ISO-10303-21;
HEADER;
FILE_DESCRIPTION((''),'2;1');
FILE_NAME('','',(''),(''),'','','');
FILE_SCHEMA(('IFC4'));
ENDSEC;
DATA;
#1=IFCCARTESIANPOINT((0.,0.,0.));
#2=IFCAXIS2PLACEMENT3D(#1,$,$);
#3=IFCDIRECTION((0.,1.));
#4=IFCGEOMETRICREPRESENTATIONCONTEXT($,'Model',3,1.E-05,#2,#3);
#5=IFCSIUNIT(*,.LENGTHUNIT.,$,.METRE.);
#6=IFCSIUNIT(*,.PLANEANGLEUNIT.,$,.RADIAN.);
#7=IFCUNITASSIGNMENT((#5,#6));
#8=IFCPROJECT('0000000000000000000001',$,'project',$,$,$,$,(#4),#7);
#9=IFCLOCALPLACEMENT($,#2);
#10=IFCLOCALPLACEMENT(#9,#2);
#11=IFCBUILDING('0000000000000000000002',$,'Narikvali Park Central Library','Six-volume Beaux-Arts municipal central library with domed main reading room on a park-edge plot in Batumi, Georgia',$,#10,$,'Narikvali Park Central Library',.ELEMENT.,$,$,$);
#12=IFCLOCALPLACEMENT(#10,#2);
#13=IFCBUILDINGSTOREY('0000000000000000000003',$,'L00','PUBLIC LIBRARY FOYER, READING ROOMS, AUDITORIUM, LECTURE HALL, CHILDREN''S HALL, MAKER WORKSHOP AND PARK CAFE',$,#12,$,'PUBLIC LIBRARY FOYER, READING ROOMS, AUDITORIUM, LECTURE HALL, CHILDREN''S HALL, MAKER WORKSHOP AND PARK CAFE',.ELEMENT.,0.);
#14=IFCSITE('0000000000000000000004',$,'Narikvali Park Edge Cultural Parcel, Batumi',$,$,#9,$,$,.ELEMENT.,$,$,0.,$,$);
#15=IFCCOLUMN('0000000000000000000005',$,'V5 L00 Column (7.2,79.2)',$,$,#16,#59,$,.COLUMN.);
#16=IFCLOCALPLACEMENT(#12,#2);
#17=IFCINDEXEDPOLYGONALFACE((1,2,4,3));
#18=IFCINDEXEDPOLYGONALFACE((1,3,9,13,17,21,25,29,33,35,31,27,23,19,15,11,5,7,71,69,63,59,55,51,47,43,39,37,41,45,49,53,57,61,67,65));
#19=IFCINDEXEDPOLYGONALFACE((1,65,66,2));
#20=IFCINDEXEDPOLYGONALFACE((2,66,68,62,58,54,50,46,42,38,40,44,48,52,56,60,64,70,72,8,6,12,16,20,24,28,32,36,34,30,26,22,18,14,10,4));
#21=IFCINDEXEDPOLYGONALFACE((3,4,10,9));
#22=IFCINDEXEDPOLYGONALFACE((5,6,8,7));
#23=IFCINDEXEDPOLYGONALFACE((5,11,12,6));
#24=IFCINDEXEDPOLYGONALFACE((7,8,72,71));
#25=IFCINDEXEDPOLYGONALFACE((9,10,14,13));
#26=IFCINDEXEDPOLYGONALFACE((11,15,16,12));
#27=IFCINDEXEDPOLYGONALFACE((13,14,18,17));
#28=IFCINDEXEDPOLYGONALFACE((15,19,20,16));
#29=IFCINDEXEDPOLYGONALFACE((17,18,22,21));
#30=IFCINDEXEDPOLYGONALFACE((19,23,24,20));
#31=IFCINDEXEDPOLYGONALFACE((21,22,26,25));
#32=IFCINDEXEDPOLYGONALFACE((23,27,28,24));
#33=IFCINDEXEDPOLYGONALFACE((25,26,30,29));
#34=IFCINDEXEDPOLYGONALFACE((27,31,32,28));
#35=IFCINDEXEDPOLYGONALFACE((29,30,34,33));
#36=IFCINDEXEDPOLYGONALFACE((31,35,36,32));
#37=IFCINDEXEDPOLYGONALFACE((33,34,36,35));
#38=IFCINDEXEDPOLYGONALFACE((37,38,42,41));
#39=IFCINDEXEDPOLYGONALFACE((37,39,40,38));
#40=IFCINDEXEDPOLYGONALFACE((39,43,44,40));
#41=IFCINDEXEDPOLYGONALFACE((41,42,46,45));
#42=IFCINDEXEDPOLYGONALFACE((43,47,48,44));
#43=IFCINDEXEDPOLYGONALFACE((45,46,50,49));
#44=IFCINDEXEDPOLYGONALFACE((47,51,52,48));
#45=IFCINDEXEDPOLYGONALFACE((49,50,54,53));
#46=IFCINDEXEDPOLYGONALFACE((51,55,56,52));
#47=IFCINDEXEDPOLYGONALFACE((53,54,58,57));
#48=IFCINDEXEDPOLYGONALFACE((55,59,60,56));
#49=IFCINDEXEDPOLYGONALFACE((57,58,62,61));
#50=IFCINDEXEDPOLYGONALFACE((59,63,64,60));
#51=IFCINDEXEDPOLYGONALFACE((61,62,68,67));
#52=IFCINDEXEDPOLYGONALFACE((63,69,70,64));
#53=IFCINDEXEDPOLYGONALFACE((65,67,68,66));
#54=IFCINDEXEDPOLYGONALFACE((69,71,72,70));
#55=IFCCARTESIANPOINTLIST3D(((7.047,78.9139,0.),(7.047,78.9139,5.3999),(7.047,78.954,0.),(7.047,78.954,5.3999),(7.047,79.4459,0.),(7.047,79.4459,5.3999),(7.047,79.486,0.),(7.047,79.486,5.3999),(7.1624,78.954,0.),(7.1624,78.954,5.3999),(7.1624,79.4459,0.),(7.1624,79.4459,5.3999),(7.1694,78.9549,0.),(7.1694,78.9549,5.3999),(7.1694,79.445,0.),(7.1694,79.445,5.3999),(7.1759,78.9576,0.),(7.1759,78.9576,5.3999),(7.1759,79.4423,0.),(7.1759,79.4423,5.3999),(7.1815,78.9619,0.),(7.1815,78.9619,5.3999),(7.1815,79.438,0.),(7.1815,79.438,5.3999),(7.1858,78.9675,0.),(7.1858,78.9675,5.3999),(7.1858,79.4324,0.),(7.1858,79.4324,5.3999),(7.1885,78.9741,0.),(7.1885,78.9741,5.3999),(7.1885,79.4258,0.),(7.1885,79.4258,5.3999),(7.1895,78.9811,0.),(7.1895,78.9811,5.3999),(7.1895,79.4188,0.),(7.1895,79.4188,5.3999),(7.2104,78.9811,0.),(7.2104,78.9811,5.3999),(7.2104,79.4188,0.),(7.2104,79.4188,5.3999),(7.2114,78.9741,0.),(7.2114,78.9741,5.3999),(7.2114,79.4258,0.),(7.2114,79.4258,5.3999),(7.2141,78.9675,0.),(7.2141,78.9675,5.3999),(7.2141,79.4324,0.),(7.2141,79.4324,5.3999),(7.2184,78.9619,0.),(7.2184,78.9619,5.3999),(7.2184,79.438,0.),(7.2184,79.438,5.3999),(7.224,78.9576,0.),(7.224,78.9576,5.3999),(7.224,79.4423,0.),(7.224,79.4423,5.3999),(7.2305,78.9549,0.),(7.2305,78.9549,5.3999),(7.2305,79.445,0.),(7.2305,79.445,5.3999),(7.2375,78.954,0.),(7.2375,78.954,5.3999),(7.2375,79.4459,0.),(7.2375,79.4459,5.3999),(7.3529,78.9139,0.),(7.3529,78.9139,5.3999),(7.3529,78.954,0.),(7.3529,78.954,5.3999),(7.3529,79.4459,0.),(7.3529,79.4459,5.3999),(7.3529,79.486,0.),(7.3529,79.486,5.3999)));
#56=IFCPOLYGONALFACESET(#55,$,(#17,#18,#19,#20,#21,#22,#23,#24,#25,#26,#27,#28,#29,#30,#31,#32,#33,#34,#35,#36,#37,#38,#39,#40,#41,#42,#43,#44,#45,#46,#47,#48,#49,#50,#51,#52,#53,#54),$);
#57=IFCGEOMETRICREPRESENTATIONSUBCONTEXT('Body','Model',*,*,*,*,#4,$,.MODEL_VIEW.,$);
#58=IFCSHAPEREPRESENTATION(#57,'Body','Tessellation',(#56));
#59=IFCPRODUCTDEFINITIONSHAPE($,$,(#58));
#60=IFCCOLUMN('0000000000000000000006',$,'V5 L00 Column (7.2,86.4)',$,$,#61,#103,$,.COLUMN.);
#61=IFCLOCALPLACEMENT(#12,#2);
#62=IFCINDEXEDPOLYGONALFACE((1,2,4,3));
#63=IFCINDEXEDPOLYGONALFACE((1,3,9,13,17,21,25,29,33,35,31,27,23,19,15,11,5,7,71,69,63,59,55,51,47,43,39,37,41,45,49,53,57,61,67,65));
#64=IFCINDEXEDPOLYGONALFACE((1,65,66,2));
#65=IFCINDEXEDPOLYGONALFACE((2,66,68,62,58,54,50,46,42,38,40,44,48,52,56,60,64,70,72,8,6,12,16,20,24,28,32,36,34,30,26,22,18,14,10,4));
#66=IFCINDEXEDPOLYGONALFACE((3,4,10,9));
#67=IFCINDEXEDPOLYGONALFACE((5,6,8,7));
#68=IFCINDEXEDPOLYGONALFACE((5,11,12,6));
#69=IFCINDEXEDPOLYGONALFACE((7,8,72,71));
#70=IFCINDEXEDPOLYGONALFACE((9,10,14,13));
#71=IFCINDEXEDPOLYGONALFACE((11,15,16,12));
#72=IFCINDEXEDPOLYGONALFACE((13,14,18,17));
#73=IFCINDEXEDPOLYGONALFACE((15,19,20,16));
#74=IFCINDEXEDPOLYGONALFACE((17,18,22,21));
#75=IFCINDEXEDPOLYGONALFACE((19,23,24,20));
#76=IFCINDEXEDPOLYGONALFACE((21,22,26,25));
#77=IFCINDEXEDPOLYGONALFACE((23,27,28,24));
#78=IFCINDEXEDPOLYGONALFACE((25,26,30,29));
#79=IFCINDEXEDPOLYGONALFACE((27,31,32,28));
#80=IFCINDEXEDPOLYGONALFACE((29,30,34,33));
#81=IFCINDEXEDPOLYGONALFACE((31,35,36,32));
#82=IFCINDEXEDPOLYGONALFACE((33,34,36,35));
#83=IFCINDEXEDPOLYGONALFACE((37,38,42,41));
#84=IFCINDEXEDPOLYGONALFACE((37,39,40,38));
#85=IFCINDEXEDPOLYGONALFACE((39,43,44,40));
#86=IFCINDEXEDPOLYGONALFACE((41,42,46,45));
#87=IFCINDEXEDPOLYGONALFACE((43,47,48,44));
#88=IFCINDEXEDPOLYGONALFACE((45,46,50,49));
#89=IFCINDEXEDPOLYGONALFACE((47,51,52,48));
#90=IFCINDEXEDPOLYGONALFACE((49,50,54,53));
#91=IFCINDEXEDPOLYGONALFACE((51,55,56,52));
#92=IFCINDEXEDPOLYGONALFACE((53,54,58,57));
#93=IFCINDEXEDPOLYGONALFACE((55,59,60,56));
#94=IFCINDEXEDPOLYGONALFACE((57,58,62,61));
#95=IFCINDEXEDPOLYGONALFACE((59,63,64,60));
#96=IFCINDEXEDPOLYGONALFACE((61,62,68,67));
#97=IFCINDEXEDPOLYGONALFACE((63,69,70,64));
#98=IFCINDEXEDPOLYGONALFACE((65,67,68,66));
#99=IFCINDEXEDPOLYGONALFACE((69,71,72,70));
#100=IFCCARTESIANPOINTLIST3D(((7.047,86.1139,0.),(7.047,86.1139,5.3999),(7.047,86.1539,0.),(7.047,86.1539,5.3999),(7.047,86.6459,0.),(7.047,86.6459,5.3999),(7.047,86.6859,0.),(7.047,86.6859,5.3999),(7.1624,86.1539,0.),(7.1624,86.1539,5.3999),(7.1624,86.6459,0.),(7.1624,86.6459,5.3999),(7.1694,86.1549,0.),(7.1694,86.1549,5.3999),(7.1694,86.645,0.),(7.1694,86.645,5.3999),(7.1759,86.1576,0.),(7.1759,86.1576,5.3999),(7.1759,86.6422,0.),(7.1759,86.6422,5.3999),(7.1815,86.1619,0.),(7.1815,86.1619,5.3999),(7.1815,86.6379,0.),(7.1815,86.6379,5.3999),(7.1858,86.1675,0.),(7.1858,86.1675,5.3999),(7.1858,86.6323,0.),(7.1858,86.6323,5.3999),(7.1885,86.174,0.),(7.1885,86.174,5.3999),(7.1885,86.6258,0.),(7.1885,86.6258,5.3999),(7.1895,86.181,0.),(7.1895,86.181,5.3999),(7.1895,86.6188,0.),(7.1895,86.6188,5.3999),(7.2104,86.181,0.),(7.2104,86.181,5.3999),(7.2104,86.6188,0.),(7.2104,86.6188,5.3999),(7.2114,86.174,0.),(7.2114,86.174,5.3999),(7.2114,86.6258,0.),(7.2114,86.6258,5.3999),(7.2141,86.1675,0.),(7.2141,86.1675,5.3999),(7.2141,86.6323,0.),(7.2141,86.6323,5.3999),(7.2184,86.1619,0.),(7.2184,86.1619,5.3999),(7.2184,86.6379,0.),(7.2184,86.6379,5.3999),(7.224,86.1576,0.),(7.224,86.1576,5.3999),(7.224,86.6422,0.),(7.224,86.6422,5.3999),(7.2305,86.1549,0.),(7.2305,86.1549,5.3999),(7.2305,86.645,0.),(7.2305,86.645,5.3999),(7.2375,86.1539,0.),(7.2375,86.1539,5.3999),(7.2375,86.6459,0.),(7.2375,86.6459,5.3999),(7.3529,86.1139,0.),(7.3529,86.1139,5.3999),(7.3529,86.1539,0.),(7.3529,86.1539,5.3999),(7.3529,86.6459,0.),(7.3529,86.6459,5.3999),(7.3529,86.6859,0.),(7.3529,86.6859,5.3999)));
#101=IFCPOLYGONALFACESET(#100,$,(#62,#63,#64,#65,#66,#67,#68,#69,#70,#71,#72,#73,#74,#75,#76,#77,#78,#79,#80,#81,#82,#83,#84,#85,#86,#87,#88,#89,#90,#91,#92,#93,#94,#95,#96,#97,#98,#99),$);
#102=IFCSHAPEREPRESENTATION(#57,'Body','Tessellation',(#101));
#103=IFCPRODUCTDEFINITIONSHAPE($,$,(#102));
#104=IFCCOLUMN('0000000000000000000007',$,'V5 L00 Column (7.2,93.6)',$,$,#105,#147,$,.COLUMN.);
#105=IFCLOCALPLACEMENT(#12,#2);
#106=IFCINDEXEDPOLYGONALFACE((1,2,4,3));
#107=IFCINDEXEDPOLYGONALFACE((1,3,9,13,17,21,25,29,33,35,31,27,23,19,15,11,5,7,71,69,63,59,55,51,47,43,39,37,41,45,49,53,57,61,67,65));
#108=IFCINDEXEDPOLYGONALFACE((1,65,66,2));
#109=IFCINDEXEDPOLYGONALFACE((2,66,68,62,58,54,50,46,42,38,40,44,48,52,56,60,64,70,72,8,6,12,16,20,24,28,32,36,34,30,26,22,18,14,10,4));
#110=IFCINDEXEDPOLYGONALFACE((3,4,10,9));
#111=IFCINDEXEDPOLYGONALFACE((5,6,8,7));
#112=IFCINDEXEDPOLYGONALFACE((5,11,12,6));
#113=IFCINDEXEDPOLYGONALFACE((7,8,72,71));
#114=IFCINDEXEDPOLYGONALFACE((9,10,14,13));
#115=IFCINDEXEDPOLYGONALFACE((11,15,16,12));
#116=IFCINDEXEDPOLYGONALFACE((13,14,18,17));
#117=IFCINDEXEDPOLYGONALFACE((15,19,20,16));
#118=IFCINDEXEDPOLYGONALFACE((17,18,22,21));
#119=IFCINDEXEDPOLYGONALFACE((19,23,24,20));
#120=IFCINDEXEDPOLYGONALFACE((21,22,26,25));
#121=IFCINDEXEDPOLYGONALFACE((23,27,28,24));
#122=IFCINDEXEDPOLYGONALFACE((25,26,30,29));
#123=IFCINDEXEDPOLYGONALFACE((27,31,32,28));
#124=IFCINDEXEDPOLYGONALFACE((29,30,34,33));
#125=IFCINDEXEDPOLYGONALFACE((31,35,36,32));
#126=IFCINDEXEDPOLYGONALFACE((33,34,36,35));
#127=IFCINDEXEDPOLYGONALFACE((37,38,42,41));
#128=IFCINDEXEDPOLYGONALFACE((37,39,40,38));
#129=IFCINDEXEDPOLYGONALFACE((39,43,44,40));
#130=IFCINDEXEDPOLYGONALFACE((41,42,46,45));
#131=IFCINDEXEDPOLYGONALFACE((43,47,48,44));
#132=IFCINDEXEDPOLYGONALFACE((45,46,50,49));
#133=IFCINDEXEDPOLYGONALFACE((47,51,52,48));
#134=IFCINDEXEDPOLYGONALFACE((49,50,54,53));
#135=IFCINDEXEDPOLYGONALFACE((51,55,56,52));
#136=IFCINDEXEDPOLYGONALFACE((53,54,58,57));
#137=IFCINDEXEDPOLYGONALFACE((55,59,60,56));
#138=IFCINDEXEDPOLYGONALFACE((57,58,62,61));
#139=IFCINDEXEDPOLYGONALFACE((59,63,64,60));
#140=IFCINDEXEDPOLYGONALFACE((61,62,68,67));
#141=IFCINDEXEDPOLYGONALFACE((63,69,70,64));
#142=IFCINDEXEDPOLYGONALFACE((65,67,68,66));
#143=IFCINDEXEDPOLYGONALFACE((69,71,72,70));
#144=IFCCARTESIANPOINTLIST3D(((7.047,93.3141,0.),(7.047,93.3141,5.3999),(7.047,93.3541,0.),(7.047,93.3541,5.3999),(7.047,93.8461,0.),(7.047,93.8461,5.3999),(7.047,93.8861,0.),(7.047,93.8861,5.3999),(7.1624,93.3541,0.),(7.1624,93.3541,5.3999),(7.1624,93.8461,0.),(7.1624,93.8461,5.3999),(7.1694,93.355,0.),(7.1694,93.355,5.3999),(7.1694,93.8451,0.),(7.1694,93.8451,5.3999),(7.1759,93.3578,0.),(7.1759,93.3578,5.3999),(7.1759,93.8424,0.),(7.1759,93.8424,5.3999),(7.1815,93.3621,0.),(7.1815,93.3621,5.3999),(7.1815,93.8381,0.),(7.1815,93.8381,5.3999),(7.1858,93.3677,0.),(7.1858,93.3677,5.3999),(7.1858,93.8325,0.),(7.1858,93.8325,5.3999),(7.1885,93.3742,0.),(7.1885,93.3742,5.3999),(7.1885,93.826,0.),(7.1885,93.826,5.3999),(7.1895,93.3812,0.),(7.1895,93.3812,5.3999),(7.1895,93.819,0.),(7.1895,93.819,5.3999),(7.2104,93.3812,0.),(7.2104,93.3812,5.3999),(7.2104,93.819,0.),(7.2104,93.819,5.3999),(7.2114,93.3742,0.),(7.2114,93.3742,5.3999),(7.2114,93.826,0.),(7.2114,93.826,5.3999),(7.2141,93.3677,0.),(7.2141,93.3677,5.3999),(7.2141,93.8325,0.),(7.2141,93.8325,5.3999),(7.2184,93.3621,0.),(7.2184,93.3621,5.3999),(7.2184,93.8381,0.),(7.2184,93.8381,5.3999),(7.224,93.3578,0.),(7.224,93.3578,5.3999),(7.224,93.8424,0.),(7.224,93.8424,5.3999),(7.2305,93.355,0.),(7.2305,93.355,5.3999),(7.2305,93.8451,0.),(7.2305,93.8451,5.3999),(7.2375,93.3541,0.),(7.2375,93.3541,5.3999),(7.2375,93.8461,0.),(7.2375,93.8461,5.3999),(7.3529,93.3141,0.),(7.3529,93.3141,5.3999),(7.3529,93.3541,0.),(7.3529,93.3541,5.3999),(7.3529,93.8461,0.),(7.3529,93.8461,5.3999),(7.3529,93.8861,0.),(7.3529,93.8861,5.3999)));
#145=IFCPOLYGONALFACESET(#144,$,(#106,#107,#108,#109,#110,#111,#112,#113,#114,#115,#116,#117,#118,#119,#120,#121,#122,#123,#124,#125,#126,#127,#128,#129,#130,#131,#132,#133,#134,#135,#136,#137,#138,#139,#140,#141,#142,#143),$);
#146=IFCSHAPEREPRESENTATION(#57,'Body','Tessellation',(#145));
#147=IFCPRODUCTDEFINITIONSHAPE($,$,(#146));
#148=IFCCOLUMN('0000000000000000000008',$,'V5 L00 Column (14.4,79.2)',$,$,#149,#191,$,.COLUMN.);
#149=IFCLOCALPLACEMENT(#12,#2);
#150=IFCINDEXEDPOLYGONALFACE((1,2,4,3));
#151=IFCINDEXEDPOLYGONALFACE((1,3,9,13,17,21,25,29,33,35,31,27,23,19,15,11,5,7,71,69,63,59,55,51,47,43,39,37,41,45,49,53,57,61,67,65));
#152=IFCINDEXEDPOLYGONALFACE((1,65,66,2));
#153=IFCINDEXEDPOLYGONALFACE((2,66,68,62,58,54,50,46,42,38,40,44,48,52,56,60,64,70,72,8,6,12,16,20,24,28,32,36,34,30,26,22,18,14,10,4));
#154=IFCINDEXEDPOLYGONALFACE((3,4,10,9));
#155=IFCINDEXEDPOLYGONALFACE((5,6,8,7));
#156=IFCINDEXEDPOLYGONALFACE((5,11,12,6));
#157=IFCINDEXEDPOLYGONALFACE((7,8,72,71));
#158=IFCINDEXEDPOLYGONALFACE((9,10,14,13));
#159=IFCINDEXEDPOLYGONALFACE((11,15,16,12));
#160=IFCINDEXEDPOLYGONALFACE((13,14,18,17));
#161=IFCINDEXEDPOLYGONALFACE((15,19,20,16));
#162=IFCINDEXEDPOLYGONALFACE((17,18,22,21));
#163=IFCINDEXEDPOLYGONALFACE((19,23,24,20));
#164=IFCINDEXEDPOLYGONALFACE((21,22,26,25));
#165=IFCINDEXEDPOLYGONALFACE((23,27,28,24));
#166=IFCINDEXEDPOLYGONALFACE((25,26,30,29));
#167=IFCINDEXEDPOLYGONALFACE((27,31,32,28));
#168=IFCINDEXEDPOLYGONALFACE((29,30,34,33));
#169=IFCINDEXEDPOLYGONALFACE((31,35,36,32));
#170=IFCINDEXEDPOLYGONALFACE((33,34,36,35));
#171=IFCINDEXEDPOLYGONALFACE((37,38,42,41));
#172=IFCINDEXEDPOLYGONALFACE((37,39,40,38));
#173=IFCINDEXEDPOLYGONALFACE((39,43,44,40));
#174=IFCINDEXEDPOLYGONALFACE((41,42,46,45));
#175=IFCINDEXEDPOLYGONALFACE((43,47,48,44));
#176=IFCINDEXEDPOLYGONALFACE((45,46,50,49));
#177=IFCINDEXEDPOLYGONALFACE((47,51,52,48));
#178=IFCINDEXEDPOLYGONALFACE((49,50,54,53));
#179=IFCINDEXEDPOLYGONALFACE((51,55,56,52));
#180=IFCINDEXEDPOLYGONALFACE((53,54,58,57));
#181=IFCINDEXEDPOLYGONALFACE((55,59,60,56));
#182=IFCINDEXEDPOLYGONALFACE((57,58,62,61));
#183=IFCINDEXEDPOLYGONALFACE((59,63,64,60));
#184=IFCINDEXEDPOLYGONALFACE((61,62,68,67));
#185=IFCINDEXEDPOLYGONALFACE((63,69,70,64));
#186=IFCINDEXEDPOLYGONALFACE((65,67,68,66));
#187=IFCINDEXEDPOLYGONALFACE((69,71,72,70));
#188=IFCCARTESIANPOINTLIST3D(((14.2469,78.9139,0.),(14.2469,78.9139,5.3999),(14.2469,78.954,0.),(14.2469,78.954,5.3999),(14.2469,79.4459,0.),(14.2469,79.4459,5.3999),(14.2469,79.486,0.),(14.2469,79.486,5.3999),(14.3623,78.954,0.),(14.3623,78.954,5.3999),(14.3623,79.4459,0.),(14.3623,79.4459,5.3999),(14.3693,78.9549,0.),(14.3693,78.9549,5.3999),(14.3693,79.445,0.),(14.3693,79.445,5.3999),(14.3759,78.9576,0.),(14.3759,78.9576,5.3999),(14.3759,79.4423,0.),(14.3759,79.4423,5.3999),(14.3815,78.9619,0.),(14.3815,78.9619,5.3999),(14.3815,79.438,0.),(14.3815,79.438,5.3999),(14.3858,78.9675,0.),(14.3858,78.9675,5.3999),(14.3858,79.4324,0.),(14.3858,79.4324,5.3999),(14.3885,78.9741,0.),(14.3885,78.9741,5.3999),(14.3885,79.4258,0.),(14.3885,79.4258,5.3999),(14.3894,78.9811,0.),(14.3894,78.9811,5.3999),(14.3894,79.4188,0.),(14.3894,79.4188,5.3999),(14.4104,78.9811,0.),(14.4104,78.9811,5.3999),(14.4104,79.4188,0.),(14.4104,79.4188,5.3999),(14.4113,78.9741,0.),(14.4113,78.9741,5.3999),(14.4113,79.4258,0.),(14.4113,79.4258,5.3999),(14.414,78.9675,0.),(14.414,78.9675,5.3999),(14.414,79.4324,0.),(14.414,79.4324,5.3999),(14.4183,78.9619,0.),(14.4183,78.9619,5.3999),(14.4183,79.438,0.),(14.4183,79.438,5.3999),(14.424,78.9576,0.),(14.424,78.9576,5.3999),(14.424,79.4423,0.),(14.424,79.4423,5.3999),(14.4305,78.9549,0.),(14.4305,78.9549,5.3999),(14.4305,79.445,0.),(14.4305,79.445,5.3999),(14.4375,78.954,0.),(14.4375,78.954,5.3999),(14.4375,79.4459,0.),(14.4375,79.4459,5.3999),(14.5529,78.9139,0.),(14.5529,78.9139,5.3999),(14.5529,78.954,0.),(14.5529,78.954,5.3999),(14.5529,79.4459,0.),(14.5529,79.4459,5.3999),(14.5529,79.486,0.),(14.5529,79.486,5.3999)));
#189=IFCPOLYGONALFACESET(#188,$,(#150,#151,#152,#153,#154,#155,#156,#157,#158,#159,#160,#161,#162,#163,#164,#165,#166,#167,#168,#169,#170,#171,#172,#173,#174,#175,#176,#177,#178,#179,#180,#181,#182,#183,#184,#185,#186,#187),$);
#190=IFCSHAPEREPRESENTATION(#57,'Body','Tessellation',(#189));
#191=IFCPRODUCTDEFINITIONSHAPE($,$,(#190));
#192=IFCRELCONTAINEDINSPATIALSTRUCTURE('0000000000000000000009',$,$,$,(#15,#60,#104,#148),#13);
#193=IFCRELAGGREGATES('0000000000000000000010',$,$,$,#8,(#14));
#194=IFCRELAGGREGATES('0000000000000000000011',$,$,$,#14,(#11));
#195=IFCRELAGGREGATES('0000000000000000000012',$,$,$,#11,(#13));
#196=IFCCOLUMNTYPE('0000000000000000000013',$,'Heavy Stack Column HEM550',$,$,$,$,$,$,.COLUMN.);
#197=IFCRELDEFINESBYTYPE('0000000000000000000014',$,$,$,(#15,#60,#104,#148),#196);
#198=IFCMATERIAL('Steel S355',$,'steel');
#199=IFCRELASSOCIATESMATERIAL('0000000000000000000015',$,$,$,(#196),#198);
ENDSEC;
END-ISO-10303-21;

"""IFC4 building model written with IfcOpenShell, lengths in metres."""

from ifc_helpers import new_model, si_unit, direction, frame, origin, origin_2d, place, context, subcontext, project, spatial, i_section, extrude, material, material_profile, profile_set, type_object, element, save


model = new_model("IFC4")

# Units and contexts
model_context = context("Model", 3, precision=1e-05, world=origin(), true_north=direction((0.0, 1.0)))
body_context = subcontext(model_context, "Body", "Model", "MODEL_VIEW")
ifc_project = project(units=[si_unit("LENGTHUNIT", "METRE"), si_unit("PLANEANGLEUNIT", "RADIAN")], contexts=[model_context])

# Site, building, storey
site_placement = place(None, origin())
site = spatial("IfcSite", under=ifc_project, at=site_placement, Name="Narikvali Park Edge Cultural Parcel, Batumi", CompositionType="ELEMENT", RefElevation=0.0)
building_placement = place(site_placement, origin())
building = spatial("IfcBuilding", under=site, at=building_placement, Name="Narikvali Park Central Library", Description="Six-volume Beaux-Arts municipal central library with domed main reading room on a park-edge plot in Batumi, Georgia", LongName="Narikvali Park Central Library", CompositionType="ELEMENT")
storey_placement = place(building_placement, origin())
storey = spatial("IfcBuildingStorey", under=building, at=storey_placement, Name="L00", Description="PUBLIC LIBRARY FOYER, READING ROOMS, AUDITORIUM, LECTURE HALL, CHILDREN'S HALL, MAKER WORKSHOP AND PARK CAFE", LongName="PUBLIC LIBRARY FOYER, READING ROOMS, AUDITORIUM, LECTURE HALL, CHILDREN'S HALL, MAKER WORKSHOP AND PARK CAFE", CompositionType="ELEMENT", Elevation=0.0)

# Columns
ifc_material_1 = material(Name="Steel S355", Category="steel")
ifc_material_profile_1 = material_profile(ifc_material_1, i_section(OverallWidth=0.3059, OverallDepth=0.572, WebThickness=0.021, FlangeThickness=0.04, FilletRadius=0.0271, at=origin_2d()), Name="HEM 550")
ifc_profile_set_1 = profile_set([ifc_material_profile_1], Name="Steel S355")
column_type = type_object("IfcColumnType", Name="Heavy Stack Column HEM550", PredefinedType="COLUMN", material=ifc_profile_set_1)
for number, where, z_axis, x_axis, name in (
    (1, (7.2, 79.2, 0.0), (0.0, 0.0, 1.0), (1.0, 0.0, 0.0), "V5 L00 Column (7.2,79.2)"),
    (2, (7.2, 86.3999, 0.0), (0.0, 0.0, 1.0), (1.0, 0.0, 0.0), "V5 L00 Column (7.2,86.4)"),
    (3, (7.2, 93.6001, 0.0), (0.0, 0.0, 1.0), (1.0, 0.0, 0.0), "V5 L00 Column (7.2,93.6)"),
    (4, (14.3999, 79.2, 0.0), (0.0, 0.0, 1.0), (1.0, 0.0, 0.0), "V5 L00 Column (14.4,79.2)"),
):
    element("IfcColumn", number, at=place(storey_placement, frame(where, z_axis=z_axis, x_axis=x_axis)), inside=storey, type_object=column_type, Name=name, PredefinedType="COLUMN", context=body_context, shape_type="SweptSolid", body=[
        extrude(i_section(OverallWidth=0.3059, OverallDepth=0.572, WebThickness=0.021, FlangeThickness=0.04, FilletRadius=0.0271, at=origin_2d()), origin(), (0.0, 0.0, 1.0), 5.3999),
    ])

save(model, "model.ifc")
